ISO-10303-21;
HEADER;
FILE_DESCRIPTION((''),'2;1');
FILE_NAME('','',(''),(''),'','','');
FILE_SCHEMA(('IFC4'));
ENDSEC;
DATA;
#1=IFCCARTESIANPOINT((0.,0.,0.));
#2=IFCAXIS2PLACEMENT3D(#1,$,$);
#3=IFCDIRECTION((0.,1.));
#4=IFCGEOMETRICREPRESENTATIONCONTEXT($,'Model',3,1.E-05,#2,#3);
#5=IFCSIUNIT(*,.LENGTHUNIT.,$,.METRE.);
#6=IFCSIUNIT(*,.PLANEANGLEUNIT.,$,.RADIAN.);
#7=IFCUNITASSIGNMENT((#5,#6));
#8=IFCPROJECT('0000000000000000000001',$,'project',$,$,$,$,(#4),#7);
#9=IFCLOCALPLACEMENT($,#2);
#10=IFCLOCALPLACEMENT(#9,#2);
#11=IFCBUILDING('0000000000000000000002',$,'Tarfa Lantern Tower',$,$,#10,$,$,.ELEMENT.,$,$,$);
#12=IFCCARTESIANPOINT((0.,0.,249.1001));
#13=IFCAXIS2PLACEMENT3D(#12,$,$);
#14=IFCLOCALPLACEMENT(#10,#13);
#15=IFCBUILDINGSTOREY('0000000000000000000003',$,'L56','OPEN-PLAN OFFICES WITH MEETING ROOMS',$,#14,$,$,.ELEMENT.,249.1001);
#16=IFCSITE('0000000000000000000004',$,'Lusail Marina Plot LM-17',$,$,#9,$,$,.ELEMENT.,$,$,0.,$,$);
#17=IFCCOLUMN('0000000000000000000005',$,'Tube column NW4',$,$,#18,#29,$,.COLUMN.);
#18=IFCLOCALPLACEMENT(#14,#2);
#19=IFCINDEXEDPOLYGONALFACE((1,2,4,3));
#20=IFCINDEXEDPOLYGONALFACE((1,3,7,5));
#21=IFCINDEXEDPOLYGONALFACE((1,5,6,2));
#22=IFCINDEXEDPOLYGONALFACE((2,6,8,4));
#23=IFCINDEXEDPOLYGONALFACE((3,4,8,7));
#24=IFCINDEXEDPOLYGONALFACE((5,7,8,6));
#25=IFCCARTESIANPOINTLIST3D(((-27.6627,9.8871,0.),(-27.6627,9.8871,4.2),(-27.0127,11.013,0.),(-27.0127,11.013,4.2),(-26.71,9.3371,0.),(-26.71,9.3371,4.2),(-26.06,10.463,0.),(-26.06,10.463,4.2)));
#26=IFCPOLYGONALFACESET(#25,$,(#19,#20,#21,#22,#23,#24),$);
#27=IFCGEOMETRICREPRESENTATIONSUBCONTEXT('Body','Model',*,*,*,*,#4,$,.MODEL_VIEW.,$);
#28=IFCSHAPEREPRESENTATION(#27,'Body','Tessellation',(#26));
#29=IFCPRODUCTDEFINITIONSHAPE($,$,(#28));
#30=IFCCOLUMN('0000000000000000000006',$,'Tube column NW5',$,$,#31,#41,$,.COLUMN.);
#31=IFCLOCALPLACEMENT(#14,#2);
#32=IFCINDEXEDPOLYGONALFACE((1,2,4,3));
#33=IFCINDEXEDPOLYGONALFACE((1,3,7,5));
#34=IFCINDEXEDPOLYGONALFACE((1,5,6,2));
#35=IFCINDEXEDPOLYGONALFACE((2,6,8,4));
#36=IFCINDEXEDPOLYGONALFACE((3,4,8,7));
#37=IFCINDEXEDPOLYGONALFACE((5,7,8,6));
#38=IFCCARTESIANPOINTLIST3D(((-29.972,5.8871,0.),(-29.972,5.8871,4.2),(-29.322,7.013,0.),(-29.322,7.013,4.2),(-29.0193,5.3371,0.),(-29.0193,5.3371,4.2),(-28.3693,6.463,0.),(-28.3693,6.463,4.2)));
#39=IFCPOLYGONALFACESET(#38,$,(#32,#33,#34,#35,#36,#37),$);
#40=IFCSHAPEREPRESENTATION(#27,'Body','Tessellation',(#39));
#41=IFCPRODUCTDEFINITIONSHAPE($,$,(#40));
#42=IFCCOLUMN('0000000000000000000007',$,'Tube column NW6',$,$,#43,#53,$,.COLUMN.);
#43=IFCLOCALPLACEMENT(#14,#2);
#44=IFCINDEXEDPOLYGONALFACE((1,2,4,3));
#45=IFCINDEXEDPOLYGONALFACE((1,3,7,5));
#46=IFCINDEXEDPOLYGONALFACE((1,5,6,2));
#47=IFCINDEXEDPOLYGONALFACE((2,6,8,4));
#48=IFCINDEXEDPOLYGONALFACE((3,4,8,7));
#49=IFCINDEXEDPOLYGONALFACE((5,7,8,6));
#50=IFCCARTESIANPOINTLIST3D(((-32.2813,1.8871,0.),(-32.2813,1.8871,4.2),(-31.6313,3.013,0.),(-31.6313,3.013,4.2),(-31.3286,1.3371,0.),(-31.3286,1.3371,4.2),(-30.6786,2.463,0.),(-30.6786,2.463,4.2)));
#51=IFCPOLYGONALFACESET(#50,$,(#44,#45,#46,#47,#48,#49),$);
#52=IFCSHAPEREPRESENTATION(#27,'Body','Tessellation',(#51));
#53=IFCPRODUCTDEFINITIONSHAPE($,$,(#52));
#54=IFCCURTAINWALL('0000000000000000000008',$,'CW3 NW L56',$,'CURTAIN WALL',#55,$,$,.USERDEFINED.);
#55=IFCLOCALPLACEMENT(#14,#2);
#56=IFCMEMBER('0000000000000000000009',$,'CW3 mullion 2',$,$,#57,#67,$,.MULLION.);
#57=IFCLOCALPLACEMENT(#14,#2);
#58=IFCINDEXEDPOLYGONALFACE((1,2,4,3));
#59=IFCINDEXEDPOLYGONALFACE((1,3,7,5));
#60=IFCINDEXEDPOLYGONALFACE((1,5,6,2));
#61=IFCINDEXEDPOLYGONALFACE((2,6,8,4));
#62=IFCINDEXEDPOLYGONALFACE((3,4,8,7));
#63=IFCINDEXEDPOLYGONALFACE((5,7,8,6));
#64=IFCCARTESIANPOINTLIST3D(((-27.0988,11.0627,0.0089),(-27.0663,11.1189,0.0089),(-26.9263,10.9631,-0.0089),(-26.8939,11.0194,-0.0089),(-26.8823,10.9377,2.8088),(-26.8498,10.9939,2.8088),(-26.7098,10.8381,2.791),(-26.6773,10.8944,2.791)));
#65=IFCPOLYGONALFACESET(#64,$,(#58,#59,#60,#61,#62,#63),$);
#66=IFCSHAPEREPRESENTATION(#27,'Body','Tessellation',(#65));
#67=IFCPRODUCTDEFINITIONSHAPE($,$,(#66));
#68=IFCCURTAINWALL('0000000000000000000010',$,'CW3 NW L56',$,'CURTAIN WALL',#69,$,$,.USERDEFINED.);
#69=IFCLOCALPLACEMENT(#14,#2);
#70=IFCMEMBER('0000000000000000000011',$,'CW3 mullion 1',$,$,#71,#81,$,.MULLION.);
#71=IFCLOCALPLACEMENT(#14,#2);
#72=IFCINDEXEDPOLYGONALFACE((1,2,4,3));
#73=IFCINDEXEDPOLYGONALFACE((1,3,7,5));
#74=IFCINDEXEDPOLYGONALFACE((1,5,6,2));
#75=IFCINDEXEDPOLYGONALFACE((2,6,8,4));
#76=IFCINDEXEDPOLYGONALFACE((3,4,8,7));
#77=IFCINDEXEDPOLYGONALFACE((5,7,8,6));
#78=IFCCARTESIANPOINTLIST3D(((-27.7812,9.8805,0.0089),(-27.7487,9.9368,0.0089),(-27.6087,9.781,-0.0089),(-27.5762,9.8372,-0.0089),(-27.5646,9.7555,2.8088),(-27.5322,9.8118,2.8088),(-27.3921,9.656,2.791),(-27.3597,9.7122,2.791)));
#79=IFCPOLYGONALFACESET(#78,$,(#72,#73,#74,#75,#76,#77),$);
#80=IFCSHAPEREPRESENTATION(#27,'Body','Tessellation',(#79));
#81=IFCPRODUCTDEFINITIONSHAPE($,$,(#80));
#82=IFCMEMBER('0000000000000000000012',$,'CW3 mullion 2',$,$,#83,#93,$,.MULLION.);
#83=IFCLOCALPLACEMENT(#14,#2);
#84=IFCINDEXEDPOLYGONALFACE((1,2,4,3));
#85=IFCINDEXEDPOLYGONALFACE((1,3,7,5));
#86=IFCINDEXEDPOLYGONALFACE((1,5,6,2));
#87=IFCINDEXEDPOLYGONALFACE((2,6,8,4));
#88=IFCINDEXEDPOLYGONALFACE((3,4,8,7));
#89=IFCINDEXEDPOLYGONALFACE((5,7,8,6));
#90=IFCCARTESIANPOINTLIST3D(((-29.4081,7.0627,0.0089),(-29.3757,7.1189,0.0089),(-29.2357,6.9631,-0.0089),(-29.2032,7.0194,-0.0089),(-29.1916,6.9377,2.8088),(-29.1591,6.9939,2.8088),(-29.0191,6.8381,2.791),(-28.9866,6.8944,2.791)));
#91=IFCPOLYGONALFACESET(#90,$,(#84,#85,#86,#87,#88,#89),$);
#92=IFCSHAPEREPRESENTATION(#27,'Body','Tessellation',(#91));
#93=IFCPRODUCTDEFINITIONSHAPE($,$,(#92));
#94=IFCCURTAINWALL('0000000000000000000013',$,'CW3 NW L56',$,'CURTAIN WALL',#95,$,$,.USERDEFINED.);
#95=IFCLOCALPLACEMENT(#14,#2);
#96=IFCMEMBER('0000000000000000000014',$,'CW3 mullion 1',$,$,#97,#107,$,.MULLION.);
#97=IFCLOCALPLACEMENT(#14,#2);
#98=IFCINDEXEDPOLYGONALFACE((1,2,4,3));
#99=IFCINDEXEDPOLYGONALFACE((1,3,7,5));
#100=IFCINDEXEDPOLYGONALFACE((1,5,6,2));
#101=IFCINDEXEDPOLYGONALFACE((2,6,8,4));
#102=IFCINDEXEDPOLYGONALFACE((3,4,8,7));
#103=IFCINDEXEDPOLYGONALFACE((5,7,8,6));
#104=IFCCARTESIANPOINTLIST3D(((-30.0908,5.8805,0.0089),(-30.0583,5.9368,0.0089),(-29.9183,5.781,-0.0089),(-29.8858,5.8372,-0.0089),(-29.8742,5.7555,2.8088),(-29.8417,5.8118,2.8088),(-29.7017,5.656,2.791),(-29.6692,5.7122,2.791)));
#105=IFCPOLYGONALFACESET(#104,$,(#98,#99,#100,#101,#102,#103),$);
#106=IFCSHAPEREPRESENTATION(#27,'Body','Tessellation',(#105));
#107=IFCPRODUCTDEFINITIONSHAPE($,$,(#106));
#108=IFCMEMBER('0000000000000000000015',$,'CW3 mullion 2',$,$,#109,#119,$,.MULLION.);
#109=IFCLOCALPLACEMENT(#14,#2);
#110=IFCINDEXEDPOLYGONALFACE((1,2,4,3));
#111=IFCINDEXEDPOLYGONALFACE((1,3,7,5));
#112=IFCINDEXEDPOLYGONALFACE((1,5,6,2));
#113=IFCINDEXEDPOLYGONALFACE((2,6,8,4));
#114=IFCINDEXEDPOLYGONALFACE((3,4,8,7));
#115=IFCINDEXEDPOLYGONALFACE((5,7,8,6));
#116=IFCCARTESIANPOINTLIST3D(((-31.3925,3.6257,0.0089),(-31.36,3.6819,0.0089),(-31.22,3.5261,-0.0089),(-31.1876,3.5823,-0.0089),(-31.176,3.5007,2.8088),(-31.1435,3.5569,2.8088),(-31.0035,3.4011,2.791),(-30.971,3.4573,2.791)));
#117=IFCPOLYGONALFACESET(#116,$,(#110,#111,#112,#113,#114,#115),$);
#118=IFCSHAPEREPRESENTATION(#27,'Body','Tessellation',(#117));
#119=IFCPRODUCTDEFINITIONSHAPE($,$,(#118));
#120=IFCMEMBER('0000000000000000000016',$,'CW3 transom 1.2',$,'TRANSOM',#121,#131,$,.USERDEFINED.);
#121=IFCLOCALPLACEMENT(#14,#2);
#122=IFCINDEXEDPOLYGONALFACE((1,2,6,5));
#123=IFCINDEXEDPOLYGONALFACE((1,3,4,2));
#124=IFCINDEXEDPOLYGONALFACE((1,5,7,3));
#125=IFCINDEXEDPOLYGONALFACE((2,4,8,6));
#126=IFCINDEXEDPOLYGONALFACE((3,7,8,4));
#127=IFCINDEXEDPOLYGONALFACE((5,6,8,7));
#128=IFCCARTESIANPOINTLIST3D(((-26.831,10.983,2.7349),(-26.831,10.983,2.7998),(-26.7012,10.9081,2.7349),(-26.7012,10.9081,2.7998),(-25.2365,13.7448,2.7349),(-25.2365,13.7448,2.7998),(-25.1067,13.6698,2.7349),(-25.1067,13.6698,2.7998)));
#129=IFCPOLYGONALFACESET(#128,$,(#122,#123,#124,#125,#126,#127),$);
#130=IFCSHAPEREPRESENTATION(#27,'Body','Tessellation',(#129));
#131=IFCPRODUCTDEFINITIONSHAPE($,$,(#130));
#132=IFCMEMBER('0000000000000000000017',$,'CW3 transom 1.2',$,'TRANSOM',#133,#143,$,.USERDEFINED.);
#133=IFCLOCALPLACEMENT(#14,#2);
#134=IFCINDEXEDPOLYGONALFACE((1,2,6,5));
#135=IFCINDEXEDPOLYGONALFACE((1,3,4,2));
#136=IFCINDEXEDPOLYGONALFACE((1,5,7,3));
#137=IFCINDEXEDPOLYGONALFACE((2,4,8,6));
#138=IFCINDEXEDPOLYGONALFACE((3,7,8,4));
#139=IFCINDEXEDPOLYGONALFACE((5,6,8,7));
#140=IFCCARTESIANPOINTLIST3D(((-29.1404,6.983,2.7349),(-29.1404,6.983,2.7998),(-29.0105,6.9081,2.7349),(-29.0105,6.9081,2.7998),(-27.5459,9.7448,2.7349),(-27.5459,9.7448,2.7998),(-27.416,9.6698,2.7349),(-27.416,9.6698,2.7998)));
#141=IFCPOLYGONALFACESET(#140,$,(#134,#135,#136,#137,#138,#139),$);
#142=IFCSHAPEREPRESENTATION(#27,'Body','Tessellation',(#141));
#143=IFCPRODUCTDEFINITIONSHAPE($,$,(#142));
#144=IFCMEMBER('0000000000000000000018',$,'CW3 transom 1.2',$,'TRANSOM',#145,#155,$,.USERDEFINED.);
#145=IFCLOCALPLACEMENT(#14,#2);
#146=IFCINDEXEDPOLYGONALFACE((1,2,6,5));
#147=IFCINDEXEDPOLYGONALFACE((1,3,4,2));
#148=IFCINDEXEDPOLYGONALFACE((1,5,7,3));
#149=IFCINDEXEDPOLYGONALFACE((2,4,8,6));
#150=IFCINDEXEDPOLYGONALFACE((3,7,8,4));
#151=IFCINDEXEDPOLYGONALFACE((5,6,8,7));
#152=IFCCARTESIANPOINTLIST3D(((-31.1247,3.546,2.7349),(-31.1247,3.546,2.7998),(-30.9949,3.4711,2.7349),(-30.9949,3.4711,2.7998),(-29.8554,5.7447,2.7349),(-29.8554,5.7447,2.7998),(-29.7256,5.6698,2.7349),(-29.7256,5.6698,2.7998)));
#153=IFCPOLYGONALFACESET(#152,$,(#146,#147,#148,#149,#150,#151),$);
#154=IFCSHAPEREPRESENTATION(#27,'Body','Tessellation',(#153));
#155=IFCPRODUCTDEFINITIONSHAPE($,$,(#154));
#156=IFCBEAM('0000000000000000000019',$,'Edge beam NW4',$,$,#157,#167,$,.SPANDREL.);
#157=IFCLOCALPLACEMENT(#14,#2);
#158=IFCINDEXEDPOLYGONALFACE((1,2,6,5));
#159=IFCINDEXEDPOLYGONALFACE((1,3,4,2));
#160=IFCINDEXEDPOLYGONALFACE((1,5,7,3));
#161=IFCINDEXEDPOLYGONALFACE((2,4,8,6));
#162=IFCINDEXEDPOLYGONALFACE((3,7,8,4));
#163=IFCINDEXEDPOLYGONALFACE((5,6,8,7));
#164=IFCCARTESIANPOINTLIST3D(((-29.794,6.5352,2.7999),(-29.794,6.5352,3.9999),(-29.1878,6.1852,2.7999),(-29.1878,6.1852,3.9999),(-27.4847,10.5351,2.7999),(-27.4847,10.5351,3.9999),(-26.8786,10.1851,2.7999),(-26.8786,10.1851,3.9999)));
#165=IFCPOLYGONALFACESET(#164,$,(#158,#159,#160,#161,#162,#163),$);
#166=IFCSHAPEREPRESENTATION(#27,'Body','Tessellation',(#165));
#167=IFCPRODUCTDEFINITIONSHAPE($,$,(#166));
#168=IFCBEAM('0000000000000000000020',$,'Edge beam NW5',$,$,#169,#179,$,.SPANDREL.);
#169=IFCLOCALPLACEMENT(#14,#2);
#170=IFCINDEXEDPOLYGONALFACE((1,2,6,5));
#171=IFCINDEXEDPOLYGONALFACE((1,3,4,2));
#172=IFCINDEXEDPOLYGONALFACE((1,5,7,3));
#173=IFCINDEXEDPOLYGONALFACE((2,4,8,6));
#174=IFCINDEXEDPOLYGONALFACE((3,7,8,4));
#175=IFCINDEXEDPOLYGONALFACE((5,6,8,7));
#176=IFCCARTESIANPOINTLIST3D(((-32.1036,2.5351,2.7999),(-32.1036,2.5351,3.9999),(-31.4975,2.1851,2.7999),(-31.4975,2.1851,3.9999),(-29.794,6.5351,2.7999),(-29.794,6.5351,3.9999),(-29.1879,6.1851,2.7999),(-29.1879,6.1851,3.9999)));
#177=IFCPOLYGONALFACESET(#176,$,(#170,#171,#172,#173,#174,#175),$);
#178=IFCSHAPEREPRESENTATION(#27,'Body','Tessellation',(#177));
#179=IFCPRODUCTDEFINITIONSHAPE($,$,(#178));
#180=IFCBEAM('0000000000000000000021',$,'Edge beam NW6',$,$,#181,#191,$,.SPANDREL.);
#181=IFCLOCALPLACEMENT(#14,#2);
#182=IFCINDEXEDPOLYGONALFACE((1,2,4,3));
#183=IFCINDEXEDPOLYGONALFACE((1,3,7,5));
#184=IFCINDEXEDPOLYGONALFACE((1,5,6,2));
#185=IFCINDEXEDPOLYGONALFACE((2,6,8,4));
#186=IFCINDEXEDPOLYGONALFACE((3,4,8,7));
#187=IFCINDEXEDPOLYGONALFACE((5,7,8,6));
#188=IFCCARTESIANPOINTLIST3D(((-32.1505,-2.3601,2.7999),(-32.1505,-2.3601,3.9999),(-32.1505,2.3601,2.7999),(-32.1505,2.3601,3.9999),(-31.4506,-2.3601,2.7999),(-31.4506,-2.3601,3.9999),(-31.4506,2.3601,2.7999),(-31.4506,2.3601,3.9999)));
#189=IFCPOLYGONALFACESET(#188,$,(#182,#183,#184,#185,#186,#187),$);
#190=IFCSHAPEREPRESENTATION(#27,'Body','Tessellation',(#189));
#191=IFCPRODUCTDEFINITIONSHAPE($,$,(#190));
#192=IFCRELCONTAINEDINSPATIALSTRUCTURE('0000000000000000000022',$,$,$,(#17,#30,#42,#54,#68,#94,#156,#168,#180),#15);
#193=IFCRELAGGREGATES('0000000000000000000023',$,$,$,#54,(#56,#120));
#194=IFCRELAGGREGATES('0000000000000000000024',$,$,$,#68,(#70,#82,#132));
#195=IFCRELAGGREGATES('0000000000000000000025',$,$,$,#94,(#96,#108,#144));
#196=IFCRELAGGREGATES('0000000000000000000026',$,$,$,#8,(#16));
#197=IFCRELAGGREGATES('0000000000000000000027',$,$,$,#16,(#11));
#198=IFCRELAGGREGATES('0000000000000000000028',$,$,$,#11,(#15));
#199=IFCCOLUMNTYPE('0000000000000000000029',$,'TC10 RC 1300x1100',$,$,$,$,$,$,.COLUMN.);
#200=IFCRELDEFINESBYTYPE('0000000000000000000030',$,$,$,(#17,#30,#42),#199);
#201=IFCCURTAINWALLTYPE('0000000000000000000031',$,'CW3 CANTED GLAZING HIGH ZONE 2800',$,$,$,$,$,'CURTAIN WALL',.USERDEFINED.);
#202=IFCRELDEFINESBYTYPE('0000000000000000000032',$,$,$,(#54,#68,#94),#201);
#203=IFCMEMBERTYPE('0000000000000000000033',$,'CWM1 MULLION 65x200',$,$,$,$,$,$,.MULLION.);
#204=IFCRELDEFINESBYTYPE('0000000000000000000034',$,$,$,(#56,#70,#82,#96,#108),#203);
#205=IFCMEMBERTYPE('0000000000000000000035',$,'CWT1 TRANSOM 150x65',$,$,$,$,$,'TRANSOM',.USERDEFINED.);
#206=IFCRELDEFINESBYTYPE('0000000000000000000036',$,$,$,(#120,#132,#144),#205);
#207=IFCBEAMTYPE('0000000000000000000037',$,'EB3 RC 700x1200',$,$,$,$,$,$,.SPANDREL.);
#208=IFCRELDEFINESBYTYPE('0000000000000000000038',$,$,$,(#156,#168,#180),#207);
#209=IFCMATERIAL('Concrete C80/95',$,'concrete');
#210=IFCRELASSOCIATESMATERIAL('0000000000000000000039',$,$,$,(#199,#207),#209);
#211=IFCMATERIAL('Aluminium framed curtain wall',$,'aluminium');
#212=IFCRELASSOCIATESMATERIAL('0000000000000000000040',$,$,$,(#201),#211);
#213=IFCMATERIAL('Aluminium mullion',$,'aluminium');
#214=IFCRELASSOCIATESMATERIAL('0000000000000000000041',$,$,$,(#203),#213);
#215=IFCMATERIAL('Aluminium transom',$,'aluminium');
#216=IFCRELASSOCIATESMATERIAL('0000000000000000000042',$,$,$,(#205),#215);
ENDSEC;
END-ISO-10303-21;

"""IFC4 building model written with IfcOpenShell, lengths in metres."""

from ifc_helpers import new_model, si_unit, direction, frame, origin, origin_2d, place, context, subcontext, project, spatial, rectangle, extrude, material, material_profile, profile_set, type_object, element, aggregate, save


model = new_model("IFC4")

# Units and contexts
model_context = context("Model", 3, precision=1e-05, world=origin(), true_north=direction((0.0, 1.0)))
body_context = subcontext(model_context, "Body", "Model", "MODEL_VIEW")
ifc_project = project(units=[si_unit("LENGTHUNIT", "METRE"), si_unit("PLANEANGLEUNIT", "RADIAN")], contexts=[model_context])

# Site, building, storey
site_placement = place(None, origin())
site = spatial("IfcSite", under=ifc_project, at=site_placement, Name="Lusail Marina Plot LM-17", CompositionType="ELEMENT", RefElevation=0.0)
building_placement = place(site_placement, origin())
building = spatial("IfcBuilding", under=site, at=building_placement, Name="Tarfa Lantern Tower", CompositionType="ELEMENT")
storey_placement = place(building_placement, frame((0.0, 0.0, 249.1001)))
storey = spatial("IfcBuildingStorey", under=building, at=storey_placement, Name="L56", Description="OPEN-PLAN OFFICES WITH MEETING ROOMS", CompositionType="ELEMENT", Elevation=249.1001)

# Columns
ifc_material_1 = material(Name="Concrete C80/95", Category="concrete")
ifc_material_profile_1 = material_profile(ifc_material_1, rectangle(XDim=1.3, YDim=1.1001, at=origin_2d()), Name="RC 1300x1100")
ifc_profile_set_1 = profile_set([ifc_material_profile_1], Name="Concrete C80/95")
column_type = type_object("IfcColumnType", Name="TC10 RC 1300x1100", PredefinedType="COLUMN", material=ifc_profile_set_1)
for number, where, z_axis, x_axis, name in (
    (1, (-26.8613, 10.175, 0.0), (0.0, 0.0, 1.0), (-0.5, -0.866025, 0.0), "Tube column NW4"),
    (2, (-29.1707, 6.175, 0.0), (0.0, 0.0, 1.0), (-0.5, -0.866025, 0.0), "Tube column NW5"),
    (3, (-31.48, 2.175, 0.0), (0.0, 0.0, 1.0), (-0.5, -0.866025, 0.0), "Tube column NW6"),
):
    element("IfcColumn", number, at=place(storey_placement, frame(where, z_axis=z_axis, x_axis=x_axis)), inside=storey, type_object=column_type, Name=name, PredefinedType="COLUMN", context=body_context, shape_type="SweptSolid", body=[
        extrude(rectangle(XDim=1.3, YDim=1.1001, at=origin_2d()), origin(), (0.0, 0.0, 1.0), 4.2),
    ])

# Curtain wall, member
ifc_material_2 = material(Name="Aluminium framed curtain wall", Category="aluminium")
curtain_wall_type = type_object("IfcCurtainWallType", Name="CW3 CANTED GLAZING HIGH ZONE 2800", ElementType="CURTAIN WALL", PredefinedType="USERDEFINED", material=ifc_material_2)
curtain_wall_1_placement = place(storey_placement, origin())
curtain_wall_1 = element("IfcCurtainWall", 4, at=curtain_wall_1_placement, inside=storey, type_object=curtain_wall_type, Name="CW3 NW L56", ObjectType="CURTAIN WALL", PredefinedType="USERDEFINED")
ifc_material_3 = material(Name="Aluminium mullion", Category="aluminium")
ifc_material_profile_2 = material_profile(ifc_material_3, rectangle(XDim=0.0649, YDim=0.2, at=origin_2d()), Name="AL MULLION 65x200")
ifc_profile_set_2 = profile_set([ifc_material_profile_2], Name="Aluminium mullion")
member_type_1 = type_object("IfcMemberType", Name="CWM1 MULLION 65x200", PredefinedType="MULLION", material=ifc_profile_set_2)
member_1_placement = place(storey_placement, frame((-26.9963, 11.041, 0.0), z_axis=(0.077039, -0.044469, 0.996036), x_axis=(0.49992, 0.866072, 0.0)))
member_1 = element("IfcMember", 5, at=member_1_placement, type_object=member_type_1, Name="CW3 mullion 2", PredefinedType="MULLION", context=body_context, shape_type="SweptSolid", body=[
    extrude(rectangle(XDim=0.0649, YDim=0.2, at=origin_2d()), origin(), (0.0, 0.0, 1.0), 2.811),
])

# Curtain walls, members
curtain_wall_2_placement = place(storey_placement, origin())
curtain_wall_2 = element("IfcCurtainWall", 6, at=curtain_wall_2_placement, inside=storey, type_object=curtain_wall_type, Name="CW3 NW L56", ObjectType="CURTAIN WALL", PredefinedType="USERDEFINED")
member_2_placement = place(storey_placement, frame((-27.6787, 9.8589, 0.0), z_axis=(0.077039, -0.044469, 0.996036), x_axis=(0.49992, 0.866072, 0.0)))
member_2 = element("IfcMember", 7, at=member_2_placement, type_object=member_type_1, Name="CW3 mullion 1", PredefinedType="MULLION", context=body_context, shape_type="SweptSolid", body=[
    extrude(rectangle(XDim=0.0649, YDim=0.2, at=origin_2d()), origin(), (0.0, 0.0, 1.0), 2.811),
])
member_3_placement = place(storey_placement, frame((-29.3057, 7.041, 0.0), z_axis=(0.077039, -0.044469, 0.996036), x_axis=(0.49992, 0.866072, 0.0)))
member_3 = element("IfcMember", 8, at=member_3_placement, type_object=member_type_1, Name="CW3 mullion 2", PredefinedType="MULLION", context=body_context, shape_type="SweptSolid", body=[
    extrude(rectangle(XDim=0.0649, YDim=0.2, at=origin_2d()), origin(), (0.0, 0.0, 1.0), 2.811),
])
curtain_wall_3_placement = place(storey_placement, origin())
curtain_wall_3 = element("IfcCurtainWall", 9, at=curtain_wall_3_placement, inside=storey, type_object=curtain_wall_type, Name="CW3 NW L56", ObjectType="CURTAIN WALL", PredefinedType="USERDEFINED")
member_4_placement = place(storey_placement, frame((-29.9883, 5.8589, 0.0), z_axis=(0.077039, -0.044469, 0.996036), x_axis=(0.49992, 0.866072, 0.0)))
member_4 = element("IfcMember", 10, at=member_4_placement, type_object=member_type_1, Name="CW3 mullion 1", PredefinedType="MULLION", context=body_context, shape_type="SweptSolid", body=[
    extrude(rectangle(XDim=0.0649, YDim=0.2, at=origin_2d()), origin(), (0.0, 0.0, 1.0), 2.811),
])
member_5_placement = place(storey_placement, frame((-31.29, 3.604, 0.0), z_axis=(0.077039, -0.044469, 0.996036), x_axis=(0.49992, 0.866072, 0.0)))
member_5 = element("IfcMember", 11, at=member_5_placement, type_object=member_type_1, Name="CW3 mullion 2", PredefinedType="MULLION", context=body_context, shape_type="SweptSolid", body=[
    extrude(rectangle(XDim=0.0649, YDim=0.2, at=origin_2d()), origin(), (0.0, 0.0, 1.0), 2.811),
])

# Members
ifc_material_4 = material(Name="Aluminium transom", Category="aluminium")
ifc_material_profile_3 = material_profile(ifc_material_4, rectangle(XDim=0.1499, YDim=0.0649, at=origin_2d()), Name="AL TRANSOM 150x65")
ifc_profile_set_3 = profile_set([ifc_material_profile_3], Name="Aluminium transom")
member_type_2 = type_object("IfcMemberType", Name="CWT1 TRANSOM 150x65", ElementType="TRANSOM", PredefinedType="USERDEFINED", material=ifc_profile_set_3)
member_6_placement = place(storey_placement, frame((-25.1716, 13.7073, 2.7673), z_axis=(-0.500001, -0.866025, 0.0), x_axis=(0.866025, -0.500001, 0.0)))
member_6 = element("IfcMember", 12, at=member_6_placement, type_object=member_type_2, Name="CW3 transom 1.2", ObjectType="TRANSOM", PredefinedType="USERDEFINED", context=body_context, shape_type="SweptSolid", body=[
    extrude(rectangle(XDim=0.1499, YDim=0.0649, at=origin_2d()), origin(), (0.0, 0.0, 1.0), 3.189),
])
aggregate(curtain_wall_1, [member_1, member_6])
member_7_placement = place(storey_placement, frame((-27.481, 9.7073, 2.7673), z_axis=(-0.500001, -0.866025, 0.0), x_axis=(0.866025, -0.500001, 0.0)))
member_7 = element("IfcMember", 13, at=member_7_placement, type_object=member_type_2, Name="CW3 transom 1.2", ObjectType="TRANSOM", PredefinedType="USERDEFINED", context=body_context, shape_type="SweptSolid", body=[
    extrude(rectangle(XDim=0.1499, YDim=0.0649, at=origin_2d()), origin(), (0.0, 0.0, 1.0), 3.189),
])
member_8_placement = place(storey_placement, frame((-29.7905, 5.7073, 2.7673), z_axis=(-0.499956, -0.866051, 0.0), x_axis=(0.866051, -0.499956, 0.0)))
member_8 = element("IfcMember", 14, at=member_8_placement, type_object=member_type_2, Name="CW3 transom 1.2", ObjectType="TRANSOM", PredefinedType="USERDEFINED", context=body_context, shape_type="SweptSolid", body=[
    extrude(rectangle(XDim=0.1499, YDim=0.0649, at=origin_2d()), origin(), (0.0, 0.0, 1.0), 2.5388),
])

# Beams
ifc_material_profile_4 = material_profile(ifc_material_1, rectangle(XDim=0.7, YDim=1.2, at=origin_2d()), Name="RC 700x1200")
ifc_profile_set_4 = profile_set([ifc_material_profile_4], Name="Concrete C80/95")
beam_type_1 = type_object("IfcBeamType", Name="EB3 RC 700x1200", PredefinedType="SPANDREL", material=ifc_profile_set_4)
beam_1_placement = place(storey_placement, frame((-27.1816, 10.3601, 3.3999), z_axis=(-0.499988, -0.866032, 0.0), x_axis=(0.866032, -0.499988, 0.0)))
element("IfcBeam", 15, at=beam_1_placement, inside=storey, type_object=beam_type_1, Name="Edge beam NW4", PredefinedType="SPANDREL", context=body_context, shape_type="SweptSolid", body=[
    extrude(rectangle(XDim=0.7, YDim=1.2, at=origin_2d()), origin(), (0.0, 0.0, 1.0), 4.6187),
])
beam_2_placement = place(storey_placement, frame((-29.491, 6.3601, 3.3999), z_axis=(-0.500027, -0.86601, 0.0), x_axis=(0.86601, -0.500027, 0.0)))
element("IfcBeam", 16, at=beam_2_placement, inside=storey, type_object=beam_type_1, Name="Edge beam NW5", PredefinedType="SPANDREL", context=body_context, shape_type="SweptSolid", body=[
    extrude(rectangle(XDim=0.7, YDim=1.2, at=origin_2d()), origin(), (0.0, 0.0, 1.0), 4.6189),
])
beam_3_placement = place(storey_placement, frame((-31.8005, 2.3601, 3.3999), z_axis=(0.0, -1.0, 0.0), x_axis=(1.0, 0.0, 0.0)))
element("IfcBeam", 17, at=beam_3_placement, inside=storey, type_object=beam_type_1, Name="Edge beam NW6", PredefinedType="SPANDREL", context=body_context, shape_type="SweptSolid", body=[
    extrude(rectangle(XDim=0.7, YDim=1.2, at=origin_2d()), origin(), (0.0, 0.0, 1.0), 4.7202),
])

aggregate(curtain_wall_2, [member_2, member_3, member_7])
aggregate(curtain_wall_3, [member_4, member_5, member_8])

save(model, "model.ifc")
